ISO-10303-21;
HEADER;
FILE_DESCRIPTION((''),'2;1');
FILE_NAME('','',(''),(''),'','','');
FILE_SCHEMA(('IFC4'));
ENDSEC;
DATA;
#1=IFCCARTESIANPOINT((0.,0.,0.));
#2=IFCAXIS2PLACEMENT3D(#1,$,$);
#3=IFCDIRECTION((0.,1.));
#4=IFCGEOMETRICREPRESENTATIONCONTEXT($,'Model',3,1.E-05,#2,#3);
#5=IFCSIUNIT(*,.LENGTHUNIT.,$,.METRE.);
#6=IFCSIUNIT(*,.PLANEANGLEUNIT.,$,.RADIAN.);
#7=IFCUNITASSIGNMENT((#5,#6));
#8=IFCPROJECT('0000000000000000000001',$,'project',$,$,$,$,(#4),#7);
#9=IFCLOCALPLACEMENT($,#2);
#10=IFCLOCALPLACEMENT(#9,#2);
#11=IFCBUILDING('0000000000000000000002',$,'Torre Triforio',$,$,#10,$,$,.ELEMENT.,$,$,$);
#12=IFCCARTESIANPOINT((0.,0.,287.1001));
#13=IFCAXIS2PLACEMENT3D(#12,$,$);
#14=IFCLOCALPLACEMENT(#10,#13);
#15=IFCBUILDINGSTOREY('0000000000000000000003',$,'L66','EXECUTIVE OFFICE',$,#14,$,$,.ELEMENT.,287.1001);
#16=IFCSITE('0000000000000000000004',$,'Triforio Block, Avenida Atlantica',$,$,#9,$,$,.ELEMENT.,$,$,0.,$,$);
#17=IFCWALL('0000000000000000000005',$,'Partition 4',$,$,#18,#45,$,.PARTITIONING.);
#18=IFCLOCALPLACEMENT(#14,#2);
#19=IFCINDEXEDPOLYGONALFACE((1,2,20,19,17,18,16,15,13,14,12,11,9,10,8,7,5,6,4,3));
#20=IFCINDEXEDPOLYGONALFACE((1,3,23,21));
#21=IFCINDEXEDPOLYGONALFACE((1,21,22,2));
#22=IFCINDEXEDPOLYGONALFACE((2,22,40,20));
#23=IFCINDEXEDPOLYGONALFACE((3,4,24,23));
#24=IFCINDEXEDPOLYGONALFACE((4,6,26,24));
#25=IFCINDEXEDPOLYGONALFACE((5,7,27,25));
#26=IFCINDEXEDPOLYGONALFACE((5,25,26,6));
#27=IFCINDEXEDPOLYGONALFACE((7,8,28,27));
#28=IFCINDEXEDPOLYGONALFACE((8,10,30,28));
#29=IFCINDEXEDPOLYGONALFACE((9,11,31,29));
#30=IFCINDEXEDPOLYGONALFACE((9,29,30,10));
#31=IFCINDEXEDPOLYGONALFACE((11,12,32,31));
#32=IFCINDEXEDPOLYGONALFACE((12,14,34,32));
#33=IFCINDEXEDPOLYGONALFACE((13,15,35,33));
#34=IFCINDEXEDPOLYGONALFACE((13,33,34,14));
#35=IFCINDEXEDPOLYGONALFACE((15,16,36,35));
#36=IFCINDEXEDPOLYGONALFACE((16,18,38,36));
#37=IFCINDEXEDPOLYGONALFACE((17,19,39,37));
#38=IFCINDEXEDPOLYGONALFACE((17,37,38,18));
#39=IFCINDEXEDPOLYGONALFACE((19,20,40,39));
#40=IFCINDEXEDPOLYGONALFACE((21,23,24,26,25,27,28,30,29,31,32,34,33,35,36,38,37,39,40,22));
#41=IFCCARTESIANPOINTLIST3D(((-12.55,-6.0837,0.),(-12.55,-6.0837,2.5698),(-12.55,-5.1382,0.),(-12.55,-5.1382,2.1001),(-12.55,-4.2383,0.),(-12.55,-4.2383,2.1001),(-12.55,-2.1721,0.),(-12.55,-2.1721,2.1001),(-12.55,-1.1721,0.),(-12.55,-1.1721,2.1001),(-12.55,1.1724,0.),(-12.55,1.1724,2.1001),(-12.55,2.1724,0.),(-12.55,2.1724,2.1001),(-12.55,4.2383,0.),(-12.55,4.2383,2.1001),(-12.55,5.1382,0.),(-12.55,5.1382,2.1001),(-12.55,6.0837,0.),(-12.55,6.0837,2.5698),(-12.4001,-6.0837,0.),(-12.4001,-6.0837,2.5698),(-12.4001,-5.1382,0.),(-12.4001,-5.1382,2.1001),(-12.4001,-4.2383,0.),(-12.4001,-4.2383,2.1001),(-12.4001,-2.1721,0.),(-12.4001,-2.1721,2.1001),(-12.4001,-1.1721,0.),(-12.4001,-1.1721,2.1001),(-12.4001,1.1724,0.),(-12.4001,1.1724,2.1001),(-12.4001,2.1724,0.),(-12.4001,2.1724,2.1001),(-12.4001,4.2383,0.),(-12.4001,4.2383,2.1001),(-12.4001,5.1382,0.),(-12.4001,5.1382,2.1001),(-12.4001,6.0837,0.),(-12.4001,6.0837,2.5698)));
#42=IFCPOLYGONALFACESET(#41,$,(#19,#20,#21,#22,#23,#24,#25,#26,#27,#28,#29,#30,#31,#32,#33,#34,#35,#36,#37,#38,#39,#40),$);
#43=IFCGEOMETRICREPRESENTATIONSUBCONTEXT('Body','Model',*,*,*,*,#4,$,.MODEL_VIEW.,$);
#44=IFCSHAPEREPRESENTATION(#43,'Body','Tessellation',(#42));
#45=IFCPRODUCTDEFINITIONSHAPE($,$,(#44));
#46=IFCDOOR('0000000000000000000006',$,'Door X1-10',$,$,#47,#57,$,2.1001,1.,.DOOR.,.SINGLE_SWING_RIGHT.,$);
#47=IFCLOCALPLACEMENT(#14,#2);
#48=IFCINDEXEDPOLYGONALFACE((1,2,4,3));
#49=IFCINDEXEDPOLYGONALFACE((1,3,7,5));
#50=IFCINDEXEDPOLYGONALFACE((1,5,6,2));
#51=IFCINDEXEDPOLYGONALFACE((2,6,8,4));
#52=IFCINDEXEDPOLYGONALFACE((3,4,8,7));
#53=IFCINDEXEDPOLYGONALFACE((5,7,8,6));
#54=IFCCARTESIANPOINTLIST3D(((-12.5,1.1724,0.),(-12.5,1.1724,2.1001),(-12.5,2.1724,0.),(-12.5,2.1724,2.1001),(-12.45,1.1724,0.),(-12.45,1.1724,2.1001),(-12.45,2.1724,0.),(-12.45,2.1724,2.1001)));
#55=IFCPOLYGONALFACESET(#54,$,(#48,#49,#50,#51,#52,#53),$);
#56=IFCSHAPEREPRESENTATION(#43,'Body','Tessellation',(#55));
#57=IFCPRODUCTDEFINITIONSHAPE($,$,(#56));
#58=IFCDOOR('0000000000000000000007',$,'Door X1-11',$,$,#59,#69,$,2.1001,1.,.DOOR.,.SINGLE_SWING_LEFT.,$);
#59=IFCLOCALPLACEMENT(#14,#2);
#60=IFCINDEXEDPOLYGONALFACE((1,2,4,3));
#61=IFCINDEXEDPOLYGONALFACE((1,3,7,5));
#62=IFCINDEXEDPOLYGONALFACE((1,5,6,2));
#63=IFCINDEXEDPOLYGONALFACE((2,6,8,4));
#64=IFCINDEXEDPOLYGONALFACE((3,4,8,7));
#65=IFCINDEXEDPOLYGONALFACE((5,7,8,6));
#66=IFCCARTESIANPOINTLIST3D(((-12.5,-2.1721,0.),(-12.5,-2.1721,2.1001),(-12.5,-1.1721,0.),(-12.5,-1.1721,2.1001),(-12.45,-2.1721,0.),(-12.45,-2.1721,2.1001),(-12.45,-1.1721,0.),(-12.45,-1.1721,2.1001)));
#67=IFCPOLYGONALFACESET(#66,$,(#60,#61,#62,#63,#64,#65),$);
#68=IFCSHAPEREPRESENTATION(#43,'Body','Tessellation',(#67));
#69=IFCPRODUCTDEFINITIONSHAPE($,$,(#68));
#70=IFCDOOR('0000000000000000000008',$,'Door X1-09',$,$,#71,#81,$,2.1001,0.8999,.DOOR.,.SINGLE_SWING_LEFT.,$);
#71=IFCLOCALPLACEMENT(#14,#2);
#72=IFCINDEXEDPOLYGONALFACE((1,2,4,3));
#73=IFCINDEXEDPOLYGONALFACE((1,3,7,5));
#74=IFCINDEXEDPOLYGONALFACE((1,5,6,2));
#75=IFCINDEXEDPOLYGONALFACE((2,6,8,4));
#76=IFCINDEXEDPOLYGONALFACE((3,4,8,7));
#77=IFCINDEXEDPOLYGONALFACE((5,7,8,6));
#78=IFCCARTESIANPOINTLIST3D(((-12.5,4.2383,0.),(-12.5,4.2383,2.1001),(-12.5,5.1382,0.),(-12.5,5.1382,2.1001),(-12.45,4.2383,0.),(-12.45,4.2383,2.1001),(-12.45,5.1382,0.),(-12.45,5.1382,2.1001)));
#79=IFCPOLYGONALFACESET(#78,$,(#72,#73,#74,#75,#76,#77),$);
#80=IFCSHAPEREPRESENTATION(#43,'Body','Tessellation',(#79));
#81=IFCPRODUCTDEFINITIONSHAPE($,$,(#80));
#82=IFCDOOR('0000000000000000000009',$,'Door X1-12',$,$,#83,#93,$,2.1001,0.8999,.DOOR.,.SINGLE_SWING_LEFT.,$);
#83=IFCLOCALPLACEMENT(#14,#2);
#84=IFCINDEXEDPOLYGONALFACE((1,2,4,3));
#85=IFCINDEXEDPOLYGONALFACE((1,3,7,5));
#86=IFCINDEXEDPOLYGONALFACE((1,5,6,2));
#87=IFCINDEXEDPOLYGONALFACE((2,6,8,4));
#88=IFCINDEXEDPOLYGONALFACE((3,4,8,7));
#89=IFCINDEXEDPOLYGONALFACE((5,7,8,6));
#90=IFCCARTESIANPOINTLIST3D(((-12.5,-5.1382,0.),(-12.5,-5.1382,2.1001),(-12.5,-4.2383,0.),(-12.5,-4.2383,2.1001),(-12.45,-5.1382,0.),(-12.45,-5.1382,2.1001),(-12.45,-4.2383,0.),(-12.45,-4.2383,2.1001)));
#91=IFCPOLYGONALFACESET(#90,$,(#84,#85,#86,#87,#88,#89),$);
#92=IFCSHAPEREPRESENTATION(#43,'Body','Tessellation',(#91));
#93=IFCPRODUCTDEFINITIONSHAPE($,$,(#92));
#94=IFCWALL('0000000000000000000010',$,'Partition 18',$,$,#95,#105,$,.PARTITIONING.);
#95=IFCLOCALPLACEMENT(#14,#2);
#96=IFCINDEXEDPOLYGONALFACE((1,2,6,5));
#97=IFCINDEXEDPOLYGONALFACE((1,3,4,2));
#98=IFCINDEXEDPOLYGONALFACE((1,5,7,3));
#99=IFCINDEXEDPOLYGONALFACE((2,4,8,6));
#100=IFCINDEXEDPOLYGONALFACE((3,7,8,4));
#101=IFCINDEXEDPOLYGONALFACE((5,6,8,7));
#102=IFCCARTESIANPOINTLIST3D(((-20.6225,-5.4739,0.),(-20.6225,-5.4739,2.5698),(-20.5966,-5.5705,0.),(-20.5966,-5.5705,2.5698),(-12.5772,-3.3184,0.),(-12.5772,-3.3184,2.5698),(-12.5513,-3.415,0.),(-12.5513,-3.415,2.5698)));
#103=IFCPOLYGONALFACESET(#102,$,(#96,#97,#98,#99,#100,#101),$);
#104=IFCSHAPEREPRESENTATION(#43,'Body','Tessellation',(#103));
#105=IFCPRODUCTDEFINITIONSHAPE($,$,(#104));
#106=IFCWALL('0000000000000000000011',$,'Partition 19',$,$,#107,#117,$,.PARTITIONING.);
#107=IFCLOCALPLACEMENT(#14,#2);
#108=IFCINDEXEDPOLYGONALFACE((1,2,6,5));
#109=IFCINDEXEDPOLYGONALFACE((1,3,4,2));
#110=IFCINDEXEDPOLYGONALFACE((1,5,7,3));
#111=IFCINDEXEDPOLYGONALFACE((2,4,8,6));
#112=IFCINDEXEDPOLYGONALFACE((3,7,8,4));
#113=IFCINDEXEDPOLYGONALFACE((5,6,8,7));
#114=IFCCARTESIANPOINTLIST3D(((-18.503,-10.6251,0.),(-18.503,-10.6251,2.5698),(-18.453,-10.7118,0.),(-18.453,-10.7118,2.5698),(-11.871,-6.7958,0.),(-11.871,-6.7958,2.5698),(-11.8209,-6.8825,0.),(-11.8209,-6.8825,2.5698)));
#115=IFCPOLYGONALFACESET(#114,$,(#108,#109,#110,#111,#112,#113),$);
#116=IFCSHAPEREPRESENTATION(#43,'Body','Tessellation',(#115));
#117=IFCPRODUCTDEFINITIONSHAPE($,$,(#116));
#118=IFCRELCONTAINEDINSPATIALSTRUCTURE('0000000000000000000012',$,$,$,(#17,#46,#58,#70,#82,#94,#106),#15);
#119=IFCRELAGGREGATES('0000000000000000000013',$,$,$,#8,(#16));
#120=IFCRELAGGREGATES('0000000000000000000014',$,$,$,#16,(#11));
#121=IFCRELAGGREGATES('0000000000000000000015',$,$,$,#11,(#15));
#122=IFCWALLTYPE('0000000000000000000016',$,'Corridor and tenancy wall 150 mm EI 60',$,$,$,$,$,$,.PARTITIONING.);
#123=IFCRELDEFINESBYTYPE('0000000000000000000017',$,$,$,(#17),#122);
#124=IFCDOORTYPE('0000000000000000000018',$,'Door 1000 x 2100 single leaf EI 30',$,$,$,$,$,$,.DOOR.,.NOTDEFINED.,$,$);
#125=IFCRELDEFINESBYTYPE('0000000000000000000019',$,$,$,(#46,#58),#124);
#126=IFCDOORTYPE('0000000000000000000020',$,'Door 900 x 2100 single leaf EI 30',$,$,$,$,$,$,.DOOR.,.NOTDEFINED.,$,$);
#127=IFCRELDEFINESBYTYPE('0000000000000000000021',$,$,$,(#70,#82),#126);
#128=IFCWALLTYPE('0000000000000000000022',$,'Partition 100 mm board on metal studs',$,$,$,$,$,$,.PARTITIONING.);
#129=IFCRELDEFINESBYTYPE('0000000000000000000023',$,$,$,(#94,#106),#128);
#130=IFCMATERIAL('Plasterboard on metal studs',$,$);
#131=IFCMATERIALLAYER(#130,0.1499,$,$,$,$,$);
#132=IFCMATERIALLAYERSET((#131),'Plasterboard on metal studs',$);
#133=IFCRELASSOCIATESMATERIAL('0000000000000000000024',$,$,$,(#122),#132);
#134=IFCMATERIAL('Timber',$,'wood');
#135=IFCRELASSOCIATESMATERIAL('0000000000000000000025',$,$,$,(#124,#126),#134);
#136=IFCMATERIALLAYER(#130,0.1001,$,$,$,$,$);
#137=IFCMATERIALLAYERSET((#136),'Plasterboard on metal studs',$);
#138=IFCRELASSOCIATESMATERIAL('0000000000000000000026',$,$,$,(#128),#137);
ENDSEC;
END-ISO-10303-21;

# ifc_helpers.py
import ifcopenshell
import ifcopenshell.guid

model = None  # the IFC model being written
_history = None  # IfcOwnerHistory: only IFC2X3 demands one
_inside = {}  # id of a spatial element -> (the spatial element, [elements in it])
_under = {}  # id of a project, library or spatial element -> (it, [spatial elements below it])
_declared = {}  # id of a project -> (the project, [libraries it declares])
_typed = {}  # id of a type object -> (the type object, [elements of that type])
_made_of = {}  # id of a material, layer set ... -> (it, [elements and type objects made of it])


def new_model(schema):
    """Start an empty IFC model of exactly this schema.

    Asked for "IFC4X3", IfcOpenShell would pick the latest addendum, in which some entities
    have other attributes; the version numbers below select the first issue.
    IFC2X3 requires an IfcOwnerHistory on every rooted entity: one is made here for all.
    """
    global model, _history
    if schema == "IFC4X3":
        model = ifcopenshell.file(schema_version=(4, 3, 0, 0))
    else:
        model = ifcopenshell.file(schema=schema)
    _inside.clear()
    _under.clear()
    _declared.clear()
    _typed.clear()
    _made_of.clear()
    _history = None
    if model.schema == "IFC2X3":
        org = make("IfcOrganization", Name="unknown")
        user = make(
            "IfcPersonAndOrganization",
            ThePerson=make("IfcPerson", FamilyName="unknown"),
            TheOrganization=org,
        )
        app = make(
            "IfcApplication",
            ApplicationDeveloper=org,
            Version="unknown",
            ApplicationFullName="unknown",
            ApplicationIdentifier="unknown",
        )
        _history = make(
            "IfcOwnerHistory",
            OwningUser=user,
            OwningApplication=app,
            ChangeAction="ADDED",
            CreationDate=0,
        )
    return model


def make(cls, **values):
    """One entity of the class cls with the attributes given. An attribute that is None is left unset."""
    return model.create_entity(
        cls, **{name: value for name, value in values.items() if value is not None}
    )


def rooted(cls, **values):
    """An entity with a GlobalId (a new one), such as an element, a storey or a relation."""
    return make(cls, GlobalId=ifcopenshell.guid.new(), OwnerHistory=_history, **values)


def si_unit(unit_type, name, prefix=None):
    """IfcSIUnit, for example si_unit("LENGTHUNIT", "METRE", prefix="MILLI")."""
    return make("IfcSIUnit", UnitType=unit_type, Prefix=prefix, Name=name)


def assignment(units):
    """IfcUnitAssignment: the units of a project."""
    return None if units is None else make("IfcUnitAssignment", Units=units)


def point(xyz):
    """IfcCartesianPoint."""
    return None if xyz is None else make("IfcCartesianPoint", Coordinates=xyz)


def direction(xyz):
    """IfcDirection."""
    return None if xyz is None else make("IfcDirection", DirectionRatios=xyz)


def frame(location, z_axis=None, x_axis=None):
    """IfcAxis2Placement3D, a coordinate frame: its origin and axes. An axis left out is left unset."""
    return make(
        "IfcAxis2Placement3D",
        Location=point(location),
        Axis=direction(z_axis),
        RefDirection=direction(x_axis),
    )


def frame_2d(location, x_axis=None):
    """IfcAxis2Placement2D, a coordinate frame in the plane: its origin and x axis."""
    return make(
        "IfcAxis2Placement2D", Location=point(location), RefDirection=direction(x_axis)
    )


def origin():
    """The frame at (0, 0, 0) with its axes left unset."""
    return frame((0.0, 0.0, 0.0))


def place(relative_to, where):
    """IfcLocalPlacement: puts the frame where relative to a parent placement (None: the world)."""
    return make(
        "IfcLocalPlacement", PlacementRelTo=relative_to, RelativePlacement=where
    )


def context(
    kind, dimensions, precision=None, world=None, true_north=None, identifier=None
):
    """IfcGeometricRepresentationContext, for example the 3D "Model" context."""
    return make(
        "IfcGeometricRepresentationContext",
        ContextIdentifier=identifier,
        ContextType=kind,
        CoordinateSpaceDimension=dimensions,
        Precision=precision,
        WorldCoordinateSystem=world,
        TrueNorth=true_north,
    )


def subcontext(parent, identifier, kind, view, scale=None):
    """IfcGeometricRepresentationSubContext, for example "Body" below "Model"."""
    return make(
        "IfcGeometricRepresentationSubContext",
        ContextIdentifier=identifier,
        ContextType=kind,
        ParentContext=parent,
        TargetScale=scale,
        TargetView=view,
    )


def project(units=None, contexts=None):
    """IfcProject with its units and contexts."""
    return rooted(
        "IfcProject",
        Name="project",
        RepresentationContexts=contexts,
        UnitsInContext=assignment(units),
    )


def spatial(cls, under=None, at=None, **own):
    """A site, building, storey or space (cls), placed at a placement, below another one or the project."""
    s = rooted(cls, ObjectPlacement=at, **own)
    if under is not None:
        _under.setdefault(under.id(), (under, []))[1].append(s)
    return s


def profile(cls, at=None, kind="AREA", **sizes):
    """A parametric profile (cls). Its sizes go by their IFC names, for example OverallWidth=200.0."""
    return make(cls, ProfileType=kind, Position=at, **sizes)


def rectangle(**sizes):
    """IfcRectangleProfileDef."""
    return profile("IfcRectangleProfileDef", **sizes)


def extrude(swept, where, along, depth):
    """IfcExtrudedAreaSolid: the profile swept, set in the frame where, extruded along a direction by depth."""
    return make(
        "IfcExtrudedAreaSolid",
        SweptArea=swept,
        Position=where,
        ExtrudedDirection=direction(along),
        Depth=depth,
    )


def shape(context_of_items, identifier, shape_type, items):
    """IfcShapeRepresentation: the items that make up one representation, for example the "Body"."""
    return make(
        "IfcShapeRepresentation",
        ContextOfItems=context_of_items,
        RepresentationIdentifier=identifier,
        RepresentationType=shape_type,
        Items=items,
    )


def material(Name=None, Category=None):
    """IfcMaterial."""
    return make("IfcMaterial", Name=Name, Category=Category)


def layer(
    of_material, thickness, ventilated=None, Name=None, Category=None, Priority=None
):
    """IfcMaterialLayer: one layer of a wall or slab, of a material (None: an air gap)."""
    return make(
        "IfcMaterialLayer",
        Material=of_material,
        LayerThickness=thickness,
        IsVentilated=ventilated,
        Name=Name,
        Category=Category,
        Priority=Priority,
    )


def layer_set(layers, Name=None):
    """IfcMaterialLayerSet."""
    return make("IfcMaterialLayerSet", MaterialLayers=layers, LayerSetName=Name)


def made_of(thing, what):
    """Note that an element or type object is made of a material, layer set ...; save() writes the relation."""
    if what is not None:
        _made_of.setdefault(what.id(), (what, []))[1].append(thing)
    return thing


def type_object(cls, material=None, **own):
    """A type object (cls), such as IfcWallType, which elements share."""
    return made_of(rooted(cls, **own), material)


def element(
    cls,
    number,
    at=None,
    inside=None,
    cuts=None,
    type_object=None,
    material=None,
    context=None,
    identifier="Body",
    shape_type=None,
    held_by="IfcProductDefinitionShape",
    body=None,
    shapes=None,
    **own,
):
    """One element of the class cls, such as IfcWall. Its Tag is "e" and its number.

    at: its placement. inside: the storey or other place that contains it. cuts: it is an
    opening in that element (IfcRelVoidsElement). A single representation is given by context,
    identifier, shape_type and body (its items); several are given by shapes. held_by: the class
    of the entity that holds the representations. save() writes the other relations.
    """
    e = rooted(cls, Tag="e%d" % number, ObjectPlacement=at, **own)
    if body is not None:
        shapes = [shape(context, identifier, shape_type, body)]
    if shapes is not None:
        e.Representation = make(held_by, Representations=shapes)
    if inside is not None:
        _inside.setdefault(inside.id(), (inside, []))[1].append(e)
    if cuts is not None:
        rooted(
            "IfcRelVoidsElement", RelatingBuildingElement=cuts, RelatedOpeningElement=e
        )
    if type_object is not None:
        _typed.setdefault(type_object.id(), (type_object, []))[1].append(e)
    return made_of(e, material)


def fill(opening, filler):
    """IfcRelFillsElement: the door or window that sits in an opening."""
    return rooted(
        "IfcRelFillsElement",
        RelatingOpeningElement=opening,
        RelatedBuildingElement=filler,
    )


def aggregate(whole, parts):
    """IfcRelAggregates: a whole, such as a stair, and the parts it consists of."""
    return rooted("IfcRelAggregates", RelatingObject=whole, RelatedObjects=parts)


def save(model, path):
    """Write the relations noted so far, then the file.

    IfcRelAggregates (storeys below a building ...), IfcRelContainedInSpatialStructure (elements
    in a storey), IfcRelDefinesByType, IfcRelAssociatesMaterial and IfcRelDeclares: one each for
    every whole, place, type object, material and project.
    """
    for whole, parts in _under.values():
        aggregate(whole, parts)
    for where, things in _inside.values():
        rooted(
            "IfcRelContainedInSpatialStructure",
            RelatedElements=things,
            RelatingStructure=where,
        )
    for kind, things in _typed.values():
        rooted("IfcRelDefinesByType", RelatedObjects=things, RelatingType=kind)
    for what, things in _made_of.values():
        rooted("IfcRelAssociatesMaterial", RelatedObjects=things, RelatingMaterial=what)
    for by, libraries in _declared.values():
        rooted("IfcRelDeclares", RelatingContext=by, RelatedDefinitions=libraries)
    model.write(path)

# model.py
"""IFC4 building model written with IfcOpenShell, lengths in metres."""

from ifc_helpers import new_model, si_unit, direction, frame, frame_2d, origin, place, context, subcontext, project, spatial, rectangle, extrude, material, layer, layer_set, type_object, element, fill, save


model = new_model("IFC4")

# Units and contexts
model_context = context("Model", 3, precision=1e-05, world=origin(), true_north=direction((0.0, 1.0)))
body_context = subcontext(model_context, "Body", "Model", "MODEL_VIEW")
ifc_project = project(units=[si_unit("LENGTHUNIT", "METRE"), si_unit("PLANEANGLEUNIT", "RADIAN")], contexts=[model_context])

# Site, building, storey
site_placement = place(None, origin())
site = spatial("IfcSite", under=ifc_project, at=site_placement, Name="Triforio Block, Avenida Atlantica", CompositionType="ELEMENT", RefElevation=0.0)
building_placement = place(site_placement, origin())
building = spatial("IfcBuilding", under=site, at=building_placement, Name="Torre Triforio", CompositionType="ELEMENT")
storey_placement = place(building_placement, frame((0.0, 0.0, 287.1001)))
storey = spatial("IfcBuildingStorey", under=building, at=storey_placement, Name="L66", Description="EXECUTIVE OFFICE", CompositionType="ELEMENT", Elevation=287.1001)

# Wall, openings, doors
ifc_material_1 = material(Name="Plasterboard on metal studs")
ifc_layer_1 = layer(ifc_material_1, 0.1499)
ifc_layer_set_1 = layer_set([ifc_layer_1], Name="Plasterboard on metal studs")
wall_type_1 = type_object("IfcWallType", Name="Corridor and tenancy wall 150 mm EI 60", PredefinedType="PARTITIONING", material=ifc_layer_set_1)
wall_1_placement = place(storey_placement, frame((-12.4751, -6.0837, 0.0), z_axis=(0.0, 0.0, 1.0), x_axis=(0.0, 1.0, 0.0)))
wall_1 = element("IfcWall", 1, at=wall_1_placement, inside=storey, type_object=wall_type_1, Name="Partition 4", PredefinedType="PARTITIONING", context=body_context, shape_type="SweptSolid", body=[
    extrude(rectangle(XDim=12.1675, YDim=0.1499, at=frame_2d((6.0837, 0.0))), origin(), (0.0, 0.0, 1.0), 2.5698),
])
opening_1_placement = place(wall_1_placement, frame((10.322, 0.0, 0.0)))
opening_1 = element("IfcOpeningElement", 2, at=opening_1_placement, cuts=wall_1, PredefinedType="OPENING", context=body_context, shape_type="SweptSolid", body=[
    extrude(rectangle(XDim=0.8999, YDim=2.1001, at=frame_2d((0.45, 1.05))), frame((0.0, 0.085, 0.0), z_axis=(0.0, -1.0, 0.0), x_axis=(1.0, 0.0, 0.0)), (0.0, 0.0, 1.0), 0.1699),
])
opening_2_placement = place(wall_1_placement, frame((7.2561, 0.0, 0.0)))
opening_2 = element("IfcOpeningElement", 3, at=opening_2_placement, cuts=wall_1, PredefinedType="OPENING", context=body_context, shape_type="SweptSolid", body=[
    extrude(rectangle(XDim=1.0, YDim=2.1001, at=frame_2d((0.5, 1.05))), frame((0.0, 0.085, 0.0), z_axis=(0.0, -1.0, 0.0), x_axis=(1.0, 0.0, 0.0)), (0.0, 0.0, 1.0), 0.1699),
])
opening_3_placement = place(wall_1_placement, frame((3.9116, 0.0, 0.0)))
opening_3 = element("IfcOpeningElement", 4, at=opening_3_placement, cuts=wall_1, PredefinedType="OPENING", context=body_context, shape_type="SweptSolid", body=[
    extrude(rectangle(XDim=1.0, YDim=2.1001, at=frame_2d((0.5, 1.05))), frame((0.0, 0.085, 0.0), z_axis=(0.0, -1.0, 0.0), x_axis=(1.0, 0.0, 0.0)), (0.0, 0.0, 1.0), 0.1699),
])
opening_4_placement = place(wall_1_placement, frame((0.9456, 0.0, 0.0)))
opening_4 = element("IfcOpeningElement", 5, at=opening_4_placement, cuts=wall_1, PredefinedType="OPENING", context=body_context, shape_type="SweptSolid", body=[
    extrude(rectangle(XDim=0.8999, YDim=2.1001, at=frame_2d((0.45, 1.05))), frame((0.0, 0.085, 0.0), z_axis=(0.0, -1.0, 0.0), x_axis=(1.0, 0.0, 0.0)), (0.0, 0.0, 1.0), 0.1699),
])
ifc_material_2 = material(Name="Timber", Category="wood")
door_type_1 = type_object("IfcDoorType", Name="Door 1000 x 2100 single leaf EI 30", OperationType="NOTDEFINED", PredefinedType="DOOR", material=ifc_material_2)
door_1_placement = place(opening_2_placement, origin())
door_1 = element("IfcDoor", 6, at=door_1_placement, inside=storey, type_object=door_type_1, Name="Door X1-10", OperationType="SINGLE_SWING_RIGHT", OverallHeight=2.1001, OverallWidth=1.0, PredefinedType="DOOR", context=body_context, shape_type="SweptSolid", body=[
    extrude(rectangle(XDim=1.0, YDim=2.1001, at=frame_2d((0.5, 1.05))), frame((0.0, 0.0249, 0.0), z_axis=(0.0, -1.0, 0.0), x_axis=(1.0, 0.0, 0.0)), (0.0, 0.0, 1.0), 0.05),
])
fill(opening_2, door_1)
door_2_placement = place(opening_3_placement, origin())
door_2 = element("IfcDoor", 7, at=door_2_placement, inside=storey, type_object=door_type_1, Name="Door X1-11", OperationType="SINGLE_SWING_LEFT", OverallHeight=2.1001, OverallWidth=1.0, PredefinedType="DOOR", context=body_context, shape_type="SweptSolid", body=[
    extrude(rectangle(XDim=1.0, YDim=2.1001, at=frame_2d((0.5, 1.05))), frame((0.0, 0.0249, 0.0), z_axis=(0.0, -1.0, 0.0), x_axis=(1.0, 0.0, 0.0)), (0.0, 0.0, 1.0), 0.05),
])
fill(opening_3, door_2)
door_type_2 = type_object("IfcDoorType", Name="Door 900 x 2100 single leaf EI 30", OperationType="NOTDEFINED", PredefinedType="DOOR", material=ifc_material_2)
door_3_placement = place(opening_1_placement, origin())
door_3 = element("IfcDoor", 8, at=door_3_placement, inside=storey, type_object=door_type_2, Name="Door X1-09", OperationType="SINGLE_SWING_LEFT", OverallHeight=2.1001, OverallWidth=0.8999, PredefinedType="DOOR", context=body_context, shape_type="SweptSolid", body=[
    extrude(rectangle(XDim=0.8999, YDim=2.1001, at=frame_2d((0.45, 1.05))), frame((0.0, 0.0249, 0.0), z_axis=(0.0, -1.0, 0.0), x_axis=(1.0, 0.0, 0.0)), (0.0, 0.0, 1.0), 0.05),
])
fill(opening_1, door_3)
door_4_placement = place(opening_4_placement, origin())
door_4 = element("IfcDoor", 9, at=door_4_placement, inside=storey, type_object=door_type_2, Name="Door X1-12", OperationType="SINGLE_SWING_LEFT", OverallHeight=2.1001, OverallWidth=0.8999, PredefinedType="DOOR", context=body_context, shape_type="SweptSolid", body=[
    extrude(rectangle(XDim=0.8999, YDim=2.1001, at=frame_2d((0.45, 1.05))), frame((0.0, 0.0249, 0.0), z_axis=(0.0, -1.0, 0.0), x_axis=(1.0, 0.0, 0.0)), (0.0, 0.0, 1.0), 0.05),
])
fill(opening_4, door_4)

# Walls
ifc_layer_2 = layer(ifc_material_1, 0.1001)
ifc_layer_set_2 = layer_set([ifc_layer_2], Name="Plasterboard on metal studs")
wall_type_2 = type_object("IfcWallType", Name="Partition 100 mm board on metal studs", PredefinedType="PARTITIONING", material=ifc_layer_set_2)
wall_2_placement = place(storey_placement, frame((-12.5642, -3.3667, 0.0), z_axis=(0.0, 0.0, 1.0), x_axis=(-0.965933, -0.258792, 0.0)))
element("IfcWall", 10, at=wall_2_placement, inside=storey, type_object=wall_type_2, Name="Partition 18", PredefinedType="PARTITIONING", context=body_context, shape_type="SweptSolid", body=[
    extrude(rectangle(XDim=8.3291, YDim=0.1001, at=frame_2d((4.1646, 0.0))), origin(), (0.0, 0.0, 1.0), 2.5698),
])
wall_3_placement = place(storey_placement, frame((-11.8459, -6.8391, 0.0), z_axis=(0.0, 0.0, 1.0), x_axis=(-0.866008, -0.500031, 0.0)))
element("IfcWall", 11, at=wall_3_placement, inside=storey, type_object=wall_type_2, Name="Partition 19", PredefinedType="PARTITIONING", context=body_context, shape_type="SweptSolid", body=[
    extrude(rectangle(XDim=7.6582, YDim=0.1001, at=frame_2d((3.8291, 0.0))), origin(), (0.0, 0.0, 1.0), 2.5698),
])

save(model, "model.ifc")
